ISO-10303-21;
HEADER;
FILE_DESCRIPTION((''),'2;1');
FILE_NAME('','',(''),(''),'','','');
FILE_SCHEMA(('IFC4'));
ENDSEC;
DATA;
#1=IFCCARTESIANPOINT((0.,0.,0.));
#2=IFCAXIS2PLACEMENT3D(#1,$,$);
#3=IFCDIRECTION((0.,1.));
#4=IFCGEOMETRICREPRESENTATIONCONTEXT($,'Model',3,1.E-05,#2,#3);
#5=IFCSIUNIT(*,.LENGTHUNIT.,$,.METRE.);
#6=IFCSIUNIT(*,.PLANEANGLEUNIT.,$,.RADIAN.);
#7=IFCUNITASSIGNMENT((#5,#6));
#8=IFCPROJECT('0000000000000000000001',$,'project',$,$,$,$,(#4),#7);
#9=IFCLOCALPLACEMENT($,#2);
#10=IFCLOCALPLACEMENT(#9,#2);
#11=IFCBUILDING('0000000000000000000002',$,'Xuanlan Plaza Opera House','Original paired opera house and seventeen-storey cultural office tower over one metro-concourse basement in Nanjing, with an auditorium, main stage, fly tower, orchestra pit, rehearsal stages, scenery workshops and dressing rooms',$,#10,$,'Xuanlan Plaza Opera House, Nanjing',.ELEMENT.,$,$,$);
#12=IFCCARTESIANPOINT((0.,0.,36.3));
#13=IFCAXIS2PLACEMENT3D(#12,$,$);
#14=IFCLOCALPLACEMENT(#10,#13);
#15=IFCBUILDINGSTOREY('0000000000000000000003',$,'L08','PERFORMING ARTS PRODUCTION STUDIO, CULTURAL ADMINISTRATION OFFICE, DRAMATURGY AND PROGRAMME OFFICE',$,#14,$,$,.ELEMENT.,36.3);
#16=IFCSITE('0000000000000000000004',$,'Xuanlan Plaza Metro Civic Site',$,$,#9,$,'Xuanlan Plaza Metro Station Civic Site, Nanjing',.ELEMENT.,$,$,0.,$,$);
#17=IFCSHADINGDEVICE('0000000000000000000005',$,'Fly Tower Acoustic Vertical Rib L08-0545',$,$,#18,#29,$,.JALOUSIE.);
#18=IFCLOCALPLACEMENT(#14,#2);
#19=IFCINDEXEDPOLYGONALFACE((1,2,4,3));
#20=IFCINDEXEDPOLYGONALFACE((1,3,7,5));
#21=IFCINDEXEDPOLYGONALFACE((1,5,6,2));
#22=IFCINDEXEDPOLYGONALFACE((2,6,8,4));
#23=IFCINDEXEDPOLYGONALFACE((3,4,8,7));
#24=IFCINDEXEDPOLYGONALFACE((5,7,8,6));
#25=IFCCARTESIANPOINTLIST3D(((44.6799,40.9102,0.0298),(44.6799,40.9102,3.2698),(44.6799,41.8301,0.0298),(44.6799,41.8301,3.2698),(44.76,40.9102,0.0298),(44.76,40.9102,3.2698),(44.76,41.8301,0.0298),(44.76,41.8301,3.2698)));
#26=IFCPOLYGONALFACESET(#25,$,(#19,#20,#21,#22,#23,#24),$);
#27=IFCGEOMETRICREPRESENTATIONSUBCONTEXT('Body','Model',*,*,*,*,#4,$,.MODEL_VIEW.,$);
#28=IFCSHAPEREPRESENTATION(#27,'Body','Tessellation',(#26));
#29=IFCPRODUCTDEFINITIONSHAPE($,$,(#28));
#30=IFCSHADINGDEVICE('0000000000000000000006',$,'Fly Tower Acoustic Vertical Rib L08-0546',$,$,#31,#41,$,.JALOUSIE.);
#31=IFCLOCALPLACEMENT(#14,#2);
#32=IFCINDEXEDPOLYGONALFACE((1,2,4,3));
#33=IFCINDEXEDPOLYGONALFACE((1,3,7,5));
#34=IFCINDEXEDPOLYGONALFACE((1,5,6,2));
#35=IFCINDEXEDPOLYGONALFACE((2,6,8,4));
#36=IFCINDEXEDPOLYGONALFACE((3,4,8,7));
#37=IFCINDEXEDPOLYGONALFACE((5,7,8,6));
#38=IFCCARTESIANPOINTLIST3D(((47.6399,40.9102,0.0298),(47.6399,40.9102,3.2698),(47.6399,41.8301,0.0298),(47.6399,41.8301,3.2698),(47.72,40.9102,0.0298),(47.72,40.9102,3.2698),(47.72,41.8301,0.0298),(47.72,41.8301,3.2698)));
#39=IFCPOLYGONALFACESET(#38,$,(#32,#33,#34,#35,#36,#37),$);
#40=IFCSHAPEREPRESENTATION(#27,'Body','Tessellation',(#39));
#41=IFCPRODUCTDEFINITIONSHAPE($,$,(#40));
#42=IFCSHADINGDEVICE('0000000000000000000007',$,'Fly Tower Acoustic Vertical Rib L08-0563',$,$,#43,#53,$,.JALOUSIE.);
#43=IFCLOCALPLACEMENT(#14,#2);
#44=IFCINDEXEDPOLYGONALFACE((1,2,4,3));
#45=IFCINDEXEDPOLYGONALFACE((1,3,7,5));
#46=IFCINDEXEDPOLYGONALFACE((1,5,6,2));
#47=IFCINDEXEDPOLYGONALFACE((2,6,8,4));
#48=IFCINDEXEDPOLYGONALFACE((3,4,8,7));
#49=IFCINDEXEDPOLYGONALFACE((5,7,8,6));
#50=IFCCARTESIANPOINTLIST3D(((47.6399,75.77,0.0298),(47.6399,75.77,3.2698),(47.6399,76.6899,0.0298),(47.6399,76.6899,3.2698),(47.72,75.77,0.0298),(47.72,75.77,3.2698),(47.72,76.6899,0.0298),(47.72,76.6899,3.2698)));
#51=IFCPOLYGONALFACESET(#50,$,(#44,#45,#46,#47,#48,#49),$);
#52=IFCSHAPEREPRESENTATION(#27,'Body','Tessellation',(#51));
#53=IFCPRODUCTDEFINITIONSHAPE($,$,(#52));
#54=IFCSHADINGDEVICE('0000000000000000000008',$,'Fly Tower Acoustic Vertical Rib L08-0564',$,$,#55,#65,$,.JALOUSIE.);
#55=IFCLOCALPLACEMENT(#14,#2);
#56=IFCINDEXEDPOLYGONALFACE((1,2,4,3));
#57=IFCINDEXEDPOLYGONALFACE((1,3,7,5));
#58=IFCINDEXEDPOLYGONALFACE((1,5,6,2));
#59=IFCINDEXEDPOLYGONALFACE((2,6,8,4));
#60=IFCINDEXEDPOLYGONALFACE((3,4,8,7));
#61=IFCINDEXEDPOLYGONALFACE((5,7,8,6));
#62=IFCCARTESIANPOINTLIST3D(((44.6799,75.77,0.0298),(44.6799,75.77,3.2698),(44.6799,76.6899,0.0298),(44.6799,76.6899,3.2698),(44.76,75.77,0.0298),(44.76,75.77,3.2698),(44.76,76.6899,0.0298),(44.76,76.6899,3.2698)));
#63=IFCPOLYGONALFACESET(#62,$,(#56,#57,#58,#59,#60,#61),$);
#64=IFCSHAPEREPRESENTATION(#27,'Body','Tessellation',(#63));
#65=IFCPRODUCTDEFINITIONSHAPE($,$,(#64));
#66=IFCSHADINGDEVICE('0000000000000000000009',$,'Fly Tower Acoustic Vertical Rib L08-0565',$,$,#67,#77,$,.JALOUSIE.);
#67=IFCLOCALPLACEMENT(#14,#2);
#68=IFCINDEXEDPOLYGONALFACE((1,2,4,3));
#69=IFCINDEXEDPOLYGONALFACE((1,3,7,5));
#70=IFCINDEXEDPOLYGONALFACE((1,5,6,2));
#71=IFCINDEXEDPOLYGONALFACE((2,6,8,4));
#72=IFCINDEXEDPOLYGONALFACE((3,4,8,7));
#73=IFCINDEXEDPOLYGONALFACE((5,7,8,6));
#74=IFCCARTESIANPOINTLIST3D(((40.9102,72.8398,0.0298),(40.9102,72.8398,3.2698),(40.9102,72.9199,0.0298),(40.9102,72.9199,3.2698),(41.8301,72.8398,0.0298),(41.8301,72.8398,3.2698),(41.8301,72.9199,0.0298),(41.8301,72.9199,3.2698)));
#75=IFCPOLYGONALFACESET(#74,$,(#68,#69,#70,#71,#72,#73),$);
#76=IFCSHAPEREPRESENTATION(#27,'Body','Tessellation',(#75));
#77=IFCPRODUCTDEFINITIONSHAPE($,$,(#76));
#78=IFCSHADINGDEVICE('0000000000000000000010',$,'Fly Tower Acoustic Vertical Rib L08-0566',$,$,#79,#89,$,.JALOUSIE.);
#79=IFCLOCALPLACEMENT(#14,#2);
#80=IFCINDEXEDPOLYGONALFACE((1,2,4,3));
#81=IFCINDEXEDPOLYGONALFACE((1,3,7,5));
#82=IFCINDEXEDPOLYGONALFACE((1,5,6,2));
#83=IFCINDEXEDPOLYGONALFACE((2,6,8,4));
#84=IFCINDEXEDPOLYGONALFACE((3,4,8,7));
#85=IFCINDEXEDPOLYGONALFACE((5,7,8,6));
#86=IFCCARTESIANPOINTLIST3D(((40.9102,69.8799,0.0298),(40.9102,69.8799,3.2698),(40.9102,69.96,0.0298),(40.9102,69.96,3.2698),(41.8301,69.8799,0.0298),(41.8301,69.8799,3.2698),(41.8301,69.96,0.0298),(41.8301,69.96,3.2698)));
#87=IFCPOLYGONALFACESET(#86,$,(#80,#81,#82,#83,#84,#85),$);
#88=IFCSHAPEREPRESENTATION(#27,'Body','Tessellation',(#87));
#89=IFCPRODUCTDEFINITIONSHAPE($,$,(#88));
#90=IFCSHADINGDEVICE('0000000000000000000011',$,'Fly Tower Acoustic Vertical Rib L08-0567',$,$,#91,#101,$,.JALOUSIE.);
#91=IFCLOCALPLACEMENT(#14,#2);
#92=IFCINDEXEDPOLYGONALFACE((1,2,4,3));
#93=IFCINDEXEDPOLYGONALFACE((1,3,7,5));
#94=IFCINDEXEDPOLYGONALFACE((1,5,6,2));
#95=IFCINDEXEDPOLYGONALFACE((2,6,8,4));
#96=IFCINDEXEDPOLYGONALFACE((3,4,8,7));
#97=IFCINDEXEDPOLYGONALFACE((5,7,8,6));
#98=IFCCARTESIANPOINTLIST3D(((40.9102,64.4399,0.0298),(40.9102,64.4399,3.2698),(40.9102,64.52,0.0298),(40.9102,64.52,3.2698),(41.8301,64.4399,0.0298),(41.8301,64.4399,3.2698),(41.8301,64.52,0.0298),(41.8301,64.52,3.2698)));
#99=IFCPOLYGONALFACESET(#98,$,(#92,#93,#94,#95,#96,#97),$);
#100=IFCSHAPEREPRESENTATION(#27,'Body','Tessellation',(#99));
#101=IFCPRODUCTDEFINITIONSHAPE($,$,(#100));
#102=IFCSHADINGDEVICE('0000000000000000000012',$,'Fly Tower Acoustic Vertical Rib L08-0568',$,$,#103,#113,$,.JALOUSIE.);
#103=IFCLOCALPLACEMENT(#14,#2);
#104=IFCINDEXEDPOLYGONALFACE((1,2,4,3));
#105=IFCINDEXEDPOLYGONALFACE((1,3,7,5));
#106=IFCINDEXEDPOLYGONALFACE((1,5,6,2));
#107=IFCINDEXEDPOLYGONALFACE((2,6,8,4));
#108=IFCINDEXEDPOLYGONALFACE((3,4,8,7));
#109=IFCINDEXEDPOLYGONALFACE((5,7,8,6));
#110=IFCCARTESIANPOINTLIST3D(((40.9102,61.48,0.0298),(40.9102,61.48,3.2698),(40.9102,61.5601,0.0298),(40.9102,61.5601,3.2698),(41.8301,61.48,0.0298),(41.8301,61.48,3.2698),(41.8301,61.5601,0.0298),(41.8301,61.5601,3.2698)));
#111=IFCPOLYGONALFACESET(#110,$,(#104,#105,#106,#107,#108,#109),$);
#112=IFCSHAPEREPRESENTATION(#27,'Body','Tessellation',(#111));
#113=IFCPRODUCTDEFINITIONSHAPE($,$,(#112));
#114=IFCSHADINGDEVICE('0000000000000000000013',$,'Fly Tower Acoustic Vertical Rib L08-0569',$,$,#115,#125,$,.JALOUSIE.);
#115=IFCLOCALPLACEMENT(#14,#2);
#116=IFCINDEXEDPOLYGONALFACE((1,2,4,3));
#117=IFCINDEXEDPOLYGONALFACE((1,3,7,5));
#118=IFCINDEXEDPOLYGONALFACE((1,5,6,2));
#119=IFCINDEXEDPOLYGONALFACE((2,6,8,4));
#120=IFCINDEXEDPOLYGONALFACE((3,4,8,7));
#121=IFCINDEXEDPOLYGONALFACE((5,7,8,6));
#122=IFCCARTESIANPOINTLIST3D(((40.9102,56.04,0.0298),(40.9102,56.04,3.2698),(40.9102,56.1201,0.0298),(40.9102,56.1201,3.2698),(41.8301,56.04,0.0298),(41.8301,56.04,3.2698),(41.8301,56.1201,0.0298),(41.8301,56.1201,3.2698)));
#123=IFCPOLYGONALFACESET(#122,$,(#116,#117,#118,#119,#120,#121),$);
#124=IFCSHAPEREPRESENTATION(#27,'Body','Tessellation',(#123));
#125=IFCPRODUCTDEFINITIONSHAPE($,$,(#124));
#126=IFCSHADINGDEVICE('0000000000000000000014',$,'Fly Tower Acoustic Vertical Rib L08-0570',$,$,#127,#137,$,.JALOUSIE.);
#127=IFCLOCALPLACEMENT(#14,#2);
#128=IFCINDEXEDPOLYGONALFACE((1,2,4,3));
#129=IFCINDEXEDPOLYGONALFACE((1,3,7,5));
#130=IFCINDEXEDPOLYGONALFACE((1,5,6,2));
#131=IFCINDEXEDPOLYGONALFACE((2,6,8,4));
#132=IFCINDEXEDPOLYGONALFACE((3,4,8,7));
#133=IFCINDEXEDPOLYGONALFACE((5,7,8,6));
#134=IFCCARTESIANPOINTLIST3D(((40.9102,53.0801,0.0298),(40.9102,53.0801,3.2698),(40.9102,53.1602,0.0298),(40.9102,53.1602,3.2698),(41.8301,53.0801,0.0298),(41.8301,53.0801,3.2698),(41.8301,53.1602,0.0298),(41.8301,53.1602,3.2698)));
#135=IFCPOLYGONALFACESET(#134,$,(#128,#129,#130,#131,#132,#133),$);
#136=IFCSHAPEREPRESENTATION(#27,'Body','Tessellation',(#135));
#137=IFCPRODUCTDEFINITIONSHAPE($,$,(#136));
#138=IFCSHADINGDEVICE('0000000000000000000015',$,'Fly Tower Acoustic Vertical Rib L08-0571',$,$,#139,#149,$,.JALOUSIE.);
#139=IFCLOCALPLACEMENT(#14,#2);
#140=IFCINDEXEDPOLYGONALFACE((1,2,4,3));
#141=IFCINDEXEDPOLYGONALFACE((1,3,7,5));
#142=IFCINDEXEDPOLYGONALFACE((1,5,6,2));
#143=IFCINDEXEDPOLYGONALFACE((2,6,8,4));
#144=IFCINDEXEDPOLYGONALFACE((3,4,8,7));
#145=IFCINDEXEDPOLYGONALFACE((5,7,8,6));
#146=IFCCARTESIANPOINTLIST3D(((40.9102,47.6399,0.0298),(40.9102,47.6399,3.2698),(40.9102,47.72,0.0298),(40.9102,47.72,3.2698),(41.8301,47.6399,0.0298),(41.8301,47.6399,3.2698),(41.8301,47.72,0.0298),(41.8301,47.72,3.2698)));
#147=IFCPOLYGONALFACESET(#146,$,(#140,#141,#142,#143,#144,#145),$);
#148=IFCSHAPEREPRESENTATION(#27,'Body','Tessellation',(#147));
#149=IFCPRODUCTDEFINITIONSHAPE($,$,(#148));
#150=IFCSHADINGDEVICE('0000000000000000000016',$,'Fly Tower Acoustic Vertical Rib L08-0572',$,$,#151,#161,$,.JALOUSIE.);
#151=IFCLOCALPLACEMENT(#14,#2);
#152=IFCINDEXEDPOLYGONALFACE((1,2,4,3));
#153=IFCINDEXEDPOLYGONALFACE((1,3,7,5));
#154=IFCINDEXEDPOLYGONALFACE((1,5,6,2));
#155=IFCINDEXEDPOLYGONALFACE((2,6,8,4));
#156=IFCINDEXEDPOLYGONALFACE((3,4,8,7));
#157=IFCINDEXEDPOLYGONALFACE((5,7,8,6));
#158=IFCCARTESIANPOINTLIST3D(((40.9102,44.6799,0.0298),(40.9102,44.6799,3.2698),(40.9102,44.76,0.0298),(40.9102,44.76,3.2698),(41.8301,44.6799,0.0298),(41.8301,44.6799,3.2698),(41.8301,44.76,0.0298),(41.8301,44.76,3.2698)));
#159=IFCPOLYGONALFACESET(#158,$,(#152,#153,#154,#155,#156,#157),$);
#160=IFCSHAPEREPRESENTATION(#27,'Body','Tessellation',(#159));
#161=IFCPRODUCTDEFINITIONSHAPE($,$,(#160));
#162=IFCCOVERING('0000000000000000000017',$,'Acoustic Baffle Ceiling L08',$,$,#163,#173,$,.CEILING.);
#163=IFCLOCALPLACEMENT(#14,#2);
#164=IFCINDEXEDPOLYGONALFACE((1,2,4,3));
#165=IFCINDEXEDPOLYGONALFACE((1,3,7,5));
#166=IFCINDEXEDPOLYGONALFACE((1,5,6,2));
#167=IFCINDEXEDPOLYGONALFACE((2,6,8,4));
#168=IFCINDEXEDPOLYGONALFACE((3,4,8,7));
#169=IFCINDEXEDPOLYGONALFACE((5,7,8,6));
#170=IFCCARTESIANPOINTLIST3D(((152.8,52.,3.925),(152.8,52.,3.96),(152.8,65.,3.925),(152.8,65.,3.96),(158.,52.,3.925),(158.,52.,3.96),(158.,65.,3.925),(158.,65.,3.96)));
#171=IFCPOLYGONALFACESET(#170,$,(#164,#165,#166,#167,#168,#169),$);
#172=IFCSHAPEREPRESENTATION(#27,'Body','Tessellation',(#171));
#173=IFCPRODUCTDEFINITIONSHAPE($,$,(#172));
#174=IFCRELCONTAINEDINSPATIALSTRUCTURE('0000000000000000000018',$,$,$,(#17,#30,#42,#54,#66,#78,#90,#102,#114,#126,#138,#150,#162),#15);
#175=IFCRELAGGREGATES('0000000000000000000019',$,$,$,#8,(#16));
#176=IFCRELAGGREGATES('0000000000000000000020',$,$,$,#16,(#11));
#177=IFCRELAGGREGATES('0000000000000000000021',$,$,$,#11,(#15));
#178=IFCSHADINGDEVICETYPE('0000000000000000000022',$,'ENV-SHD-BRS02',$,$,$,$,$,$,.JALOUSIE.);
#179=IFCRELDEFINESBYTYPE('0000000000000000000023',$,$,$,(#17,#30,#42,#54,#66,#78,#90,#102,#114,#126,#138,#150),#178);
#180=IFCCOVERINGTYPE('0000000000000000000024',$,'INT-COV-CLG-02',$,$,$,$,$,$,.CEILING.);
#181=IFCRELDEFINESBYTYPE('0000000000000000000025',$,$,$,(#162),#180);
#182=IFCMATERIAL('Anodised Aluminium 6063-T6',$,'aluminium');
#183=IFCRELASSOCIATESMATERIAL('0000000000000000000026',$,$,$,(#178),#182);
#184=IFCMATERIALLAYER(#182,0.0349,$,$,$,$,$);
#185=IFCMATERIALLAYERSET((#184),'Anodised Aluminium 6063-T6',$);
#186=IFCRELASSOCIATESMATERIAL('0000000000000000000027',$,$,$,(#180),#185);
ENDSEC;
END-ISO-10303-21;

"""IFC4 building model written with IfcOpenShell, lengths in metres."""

from ifc_helpers import new_model, si_unit, direction, frame, origin, origin_2d, place, context, subcontext, project, spatial, polyline, rectangle, outline, extrude, material, layer, layer_set, type_object, element, save


model = new_model("IFC4")

# Units and contexts
model_context = context("Model", 3, precision=1e-05, world=origin(), true_north=direction((0.0, 1.0)))
body_context = subcontext(model_context, "Body", "Model", "MODEL_VIEW")
ifc_project = project(units=[si_unit("LENGTHUNIT", "METRE"), si_unit("PLANEANGLEUNIT", "RADIAN")], contexts=[model_context])

# Site, building, storey
site_placement = place(None, origin())
site = spatial("IfcSite", under=ifc_project, at=site_placement, Name="Xuanlan Plaza Metro Civic Site", LongName="Xuanlan Plaza Metro Station Civic Site, Nanjing", CompositionType="ELEMENT", RefElevation=0.0)
building_placement = place(site_placement, origin())
building = spatial("IfcBuilding", under=site, at=building_placement, Name="Xuanlan Plaza Opera House", Description="Original paired opera house and seventeen-storey cultural office tower over one metro-concourse basement in Nanjing, with an auditorium, main stage, fly tower, orchestra pit, rehearsal stages, scenery workshops and dressing rooms", LongName="Xuanlan Plaza Opera House, Nanjing", CompositionType="ELEMENT")
storey_placement = place(building_placement, frame((0.0, 0.0, 36.3)))
storey = spatial("IfcBuildingStorey", under=building, at=storey_placement, Name="L08", Description="PERFORMING ARTS PRODUCTION STUDIO, CULTURAL ADMINISTRATION OFFICE, DRAMATURGY AND PROGRAMME OFFICE", CompositionType="ELEMENT", Elevation=36.3)

# Shading devices
ifc_material_1 = material(Name="Anodised Aluminium 6063-T6", Category="aluminium")
shading_device_type = type_object("IfcShadingDeviceType", Name="ENV-SHD-BRS02", PredefinedType="JALOUSIE", material=ifc_material_1)
for number, where, z_axis, x_axis, name in (
    (1, (44.72, 41.3701, 0.0298), (0.0, 0.0, 1.0), (0.0, -1.0, 0.0), "Fly Tower Acoustic Vertical Rib L08-0545"),
    (2, (47.6799, 41.3701, 0.0298), (0.0, 0.0, 1.0), (0.0, -1.0, 0.0), "Fly Tower Acoustic Vertical Rib L08-0546"),
    (3, (47.6799, 76.23, 0.0298), (0.0, 0.0, 1.0), (0.0, 1.0, 0.0), "Fly Tower Acoustic Vertical Rib L08-0563"),
    (4, (44.72, 76.23, 0.0298), (0.0, 0.0, 1.0), (0.0, 1.0, 0.0), "Fly Tower Acoustic Vertical Rib L08-0564"),
    (5, (41.3701, 72.8799, 0.0298), (0.0, 0.0, 1.0), (-1.0, 0.0, 0.0), "Fly Tower Acoustic Vertical Rib L08-0565"),
    (6, (41.3701, 69.9199, 0.0298), (0.0, 0.0, 1.0), (-1.0, 0.0, 0.0), "Fly Tower Acoustic Vertical Rib L08-0566"),
    (7, (41.3701, 64.48, 0.0298), (0.0, 0.0, 1.0), (-1.0, 0.0, 0.0), "Fly Tower Acoustic Vertical Rib L08-0567"),
    (8, (41.3701, 61.52, 0.0298), (0.0, 0.0, 1.0), (-1.0, 0.0, 0.0), "Fly Tower Acoustic Vertical Rib L08-0568"),
    (9, (41.3701, 56.0801, 0.0298), (0.0, 0.0, 1.0), (-1.0, 0.0, 0.0), "Fly Tower Acoustic Vertical Rib L08-0569"),
    (10, (41.3701, 53.1201, 0.0298), (0.0, 0.0, 1.0), (-1.0, 0.0, 0.0), "Fly Tower Acoustic Vertical Rib L08-0570"),
    (11, (41.3701, 47.6799, 0.0298), (0.0, 0.0, 1.0), (-1.0, 0.0, 0.0), "Fly Tower Acoustic Vertical Rib L08-0571"),
    (12, (41.3701, 44.72, 0.0298), (0.0, 0.0, 1.0), (-1.0, 0.0, 0.0), "Fly Tower Acoustic Vertical Rib L08-0572"),
):
    element("IfcShadingDevice", number, at=place(storey_placement, frame(where, z_axis=z_axis, x_axis=x_axis)), inside=storey, type_object=shading_device_type, Name=name, PredefinedType="JALOUSIE", context=body_context, shape_type="SweptSolid", body=[
        extrude(rectangle(XDim=0.9199, YDim=0.0801, at=origin_2d()), origin(), (0.0, 0.0, 1.0), 3.24),
    ])

# Covering
ifc_layer_1 = layer(ifc_material_1, 0.0349)
ifc_layer_set_1 = layer_set([ifc_layer_1], Name="Anodised Aluminium 6063-T6")
covering_type = type_object("IfcCoveringType", Name="INT-COV-CLG-02", PredefinedType="CEILING", material=ifc_layer_set_1)
covering_placement = place(storey_placement, frame((0.0, 0.0, 3.925)))
element("IfcCovering", 13, at=covering_placement, inside=storey, type_object=covering_type, Name="Acoustic Baffle Ceiling L08", PredefinedType="CEILING", context=body_context, shape_type="SweptSolid", body=[
    extrude(outline(polyline([(152.8, 52.0), (158.0, 52.0), (158.0, 65.0), (152.8, 65.0), (152.8, 52.0)])), origin(), (0.0, 0.0, 1.0), 0.0349),
])

save(model, "model.ifc")
